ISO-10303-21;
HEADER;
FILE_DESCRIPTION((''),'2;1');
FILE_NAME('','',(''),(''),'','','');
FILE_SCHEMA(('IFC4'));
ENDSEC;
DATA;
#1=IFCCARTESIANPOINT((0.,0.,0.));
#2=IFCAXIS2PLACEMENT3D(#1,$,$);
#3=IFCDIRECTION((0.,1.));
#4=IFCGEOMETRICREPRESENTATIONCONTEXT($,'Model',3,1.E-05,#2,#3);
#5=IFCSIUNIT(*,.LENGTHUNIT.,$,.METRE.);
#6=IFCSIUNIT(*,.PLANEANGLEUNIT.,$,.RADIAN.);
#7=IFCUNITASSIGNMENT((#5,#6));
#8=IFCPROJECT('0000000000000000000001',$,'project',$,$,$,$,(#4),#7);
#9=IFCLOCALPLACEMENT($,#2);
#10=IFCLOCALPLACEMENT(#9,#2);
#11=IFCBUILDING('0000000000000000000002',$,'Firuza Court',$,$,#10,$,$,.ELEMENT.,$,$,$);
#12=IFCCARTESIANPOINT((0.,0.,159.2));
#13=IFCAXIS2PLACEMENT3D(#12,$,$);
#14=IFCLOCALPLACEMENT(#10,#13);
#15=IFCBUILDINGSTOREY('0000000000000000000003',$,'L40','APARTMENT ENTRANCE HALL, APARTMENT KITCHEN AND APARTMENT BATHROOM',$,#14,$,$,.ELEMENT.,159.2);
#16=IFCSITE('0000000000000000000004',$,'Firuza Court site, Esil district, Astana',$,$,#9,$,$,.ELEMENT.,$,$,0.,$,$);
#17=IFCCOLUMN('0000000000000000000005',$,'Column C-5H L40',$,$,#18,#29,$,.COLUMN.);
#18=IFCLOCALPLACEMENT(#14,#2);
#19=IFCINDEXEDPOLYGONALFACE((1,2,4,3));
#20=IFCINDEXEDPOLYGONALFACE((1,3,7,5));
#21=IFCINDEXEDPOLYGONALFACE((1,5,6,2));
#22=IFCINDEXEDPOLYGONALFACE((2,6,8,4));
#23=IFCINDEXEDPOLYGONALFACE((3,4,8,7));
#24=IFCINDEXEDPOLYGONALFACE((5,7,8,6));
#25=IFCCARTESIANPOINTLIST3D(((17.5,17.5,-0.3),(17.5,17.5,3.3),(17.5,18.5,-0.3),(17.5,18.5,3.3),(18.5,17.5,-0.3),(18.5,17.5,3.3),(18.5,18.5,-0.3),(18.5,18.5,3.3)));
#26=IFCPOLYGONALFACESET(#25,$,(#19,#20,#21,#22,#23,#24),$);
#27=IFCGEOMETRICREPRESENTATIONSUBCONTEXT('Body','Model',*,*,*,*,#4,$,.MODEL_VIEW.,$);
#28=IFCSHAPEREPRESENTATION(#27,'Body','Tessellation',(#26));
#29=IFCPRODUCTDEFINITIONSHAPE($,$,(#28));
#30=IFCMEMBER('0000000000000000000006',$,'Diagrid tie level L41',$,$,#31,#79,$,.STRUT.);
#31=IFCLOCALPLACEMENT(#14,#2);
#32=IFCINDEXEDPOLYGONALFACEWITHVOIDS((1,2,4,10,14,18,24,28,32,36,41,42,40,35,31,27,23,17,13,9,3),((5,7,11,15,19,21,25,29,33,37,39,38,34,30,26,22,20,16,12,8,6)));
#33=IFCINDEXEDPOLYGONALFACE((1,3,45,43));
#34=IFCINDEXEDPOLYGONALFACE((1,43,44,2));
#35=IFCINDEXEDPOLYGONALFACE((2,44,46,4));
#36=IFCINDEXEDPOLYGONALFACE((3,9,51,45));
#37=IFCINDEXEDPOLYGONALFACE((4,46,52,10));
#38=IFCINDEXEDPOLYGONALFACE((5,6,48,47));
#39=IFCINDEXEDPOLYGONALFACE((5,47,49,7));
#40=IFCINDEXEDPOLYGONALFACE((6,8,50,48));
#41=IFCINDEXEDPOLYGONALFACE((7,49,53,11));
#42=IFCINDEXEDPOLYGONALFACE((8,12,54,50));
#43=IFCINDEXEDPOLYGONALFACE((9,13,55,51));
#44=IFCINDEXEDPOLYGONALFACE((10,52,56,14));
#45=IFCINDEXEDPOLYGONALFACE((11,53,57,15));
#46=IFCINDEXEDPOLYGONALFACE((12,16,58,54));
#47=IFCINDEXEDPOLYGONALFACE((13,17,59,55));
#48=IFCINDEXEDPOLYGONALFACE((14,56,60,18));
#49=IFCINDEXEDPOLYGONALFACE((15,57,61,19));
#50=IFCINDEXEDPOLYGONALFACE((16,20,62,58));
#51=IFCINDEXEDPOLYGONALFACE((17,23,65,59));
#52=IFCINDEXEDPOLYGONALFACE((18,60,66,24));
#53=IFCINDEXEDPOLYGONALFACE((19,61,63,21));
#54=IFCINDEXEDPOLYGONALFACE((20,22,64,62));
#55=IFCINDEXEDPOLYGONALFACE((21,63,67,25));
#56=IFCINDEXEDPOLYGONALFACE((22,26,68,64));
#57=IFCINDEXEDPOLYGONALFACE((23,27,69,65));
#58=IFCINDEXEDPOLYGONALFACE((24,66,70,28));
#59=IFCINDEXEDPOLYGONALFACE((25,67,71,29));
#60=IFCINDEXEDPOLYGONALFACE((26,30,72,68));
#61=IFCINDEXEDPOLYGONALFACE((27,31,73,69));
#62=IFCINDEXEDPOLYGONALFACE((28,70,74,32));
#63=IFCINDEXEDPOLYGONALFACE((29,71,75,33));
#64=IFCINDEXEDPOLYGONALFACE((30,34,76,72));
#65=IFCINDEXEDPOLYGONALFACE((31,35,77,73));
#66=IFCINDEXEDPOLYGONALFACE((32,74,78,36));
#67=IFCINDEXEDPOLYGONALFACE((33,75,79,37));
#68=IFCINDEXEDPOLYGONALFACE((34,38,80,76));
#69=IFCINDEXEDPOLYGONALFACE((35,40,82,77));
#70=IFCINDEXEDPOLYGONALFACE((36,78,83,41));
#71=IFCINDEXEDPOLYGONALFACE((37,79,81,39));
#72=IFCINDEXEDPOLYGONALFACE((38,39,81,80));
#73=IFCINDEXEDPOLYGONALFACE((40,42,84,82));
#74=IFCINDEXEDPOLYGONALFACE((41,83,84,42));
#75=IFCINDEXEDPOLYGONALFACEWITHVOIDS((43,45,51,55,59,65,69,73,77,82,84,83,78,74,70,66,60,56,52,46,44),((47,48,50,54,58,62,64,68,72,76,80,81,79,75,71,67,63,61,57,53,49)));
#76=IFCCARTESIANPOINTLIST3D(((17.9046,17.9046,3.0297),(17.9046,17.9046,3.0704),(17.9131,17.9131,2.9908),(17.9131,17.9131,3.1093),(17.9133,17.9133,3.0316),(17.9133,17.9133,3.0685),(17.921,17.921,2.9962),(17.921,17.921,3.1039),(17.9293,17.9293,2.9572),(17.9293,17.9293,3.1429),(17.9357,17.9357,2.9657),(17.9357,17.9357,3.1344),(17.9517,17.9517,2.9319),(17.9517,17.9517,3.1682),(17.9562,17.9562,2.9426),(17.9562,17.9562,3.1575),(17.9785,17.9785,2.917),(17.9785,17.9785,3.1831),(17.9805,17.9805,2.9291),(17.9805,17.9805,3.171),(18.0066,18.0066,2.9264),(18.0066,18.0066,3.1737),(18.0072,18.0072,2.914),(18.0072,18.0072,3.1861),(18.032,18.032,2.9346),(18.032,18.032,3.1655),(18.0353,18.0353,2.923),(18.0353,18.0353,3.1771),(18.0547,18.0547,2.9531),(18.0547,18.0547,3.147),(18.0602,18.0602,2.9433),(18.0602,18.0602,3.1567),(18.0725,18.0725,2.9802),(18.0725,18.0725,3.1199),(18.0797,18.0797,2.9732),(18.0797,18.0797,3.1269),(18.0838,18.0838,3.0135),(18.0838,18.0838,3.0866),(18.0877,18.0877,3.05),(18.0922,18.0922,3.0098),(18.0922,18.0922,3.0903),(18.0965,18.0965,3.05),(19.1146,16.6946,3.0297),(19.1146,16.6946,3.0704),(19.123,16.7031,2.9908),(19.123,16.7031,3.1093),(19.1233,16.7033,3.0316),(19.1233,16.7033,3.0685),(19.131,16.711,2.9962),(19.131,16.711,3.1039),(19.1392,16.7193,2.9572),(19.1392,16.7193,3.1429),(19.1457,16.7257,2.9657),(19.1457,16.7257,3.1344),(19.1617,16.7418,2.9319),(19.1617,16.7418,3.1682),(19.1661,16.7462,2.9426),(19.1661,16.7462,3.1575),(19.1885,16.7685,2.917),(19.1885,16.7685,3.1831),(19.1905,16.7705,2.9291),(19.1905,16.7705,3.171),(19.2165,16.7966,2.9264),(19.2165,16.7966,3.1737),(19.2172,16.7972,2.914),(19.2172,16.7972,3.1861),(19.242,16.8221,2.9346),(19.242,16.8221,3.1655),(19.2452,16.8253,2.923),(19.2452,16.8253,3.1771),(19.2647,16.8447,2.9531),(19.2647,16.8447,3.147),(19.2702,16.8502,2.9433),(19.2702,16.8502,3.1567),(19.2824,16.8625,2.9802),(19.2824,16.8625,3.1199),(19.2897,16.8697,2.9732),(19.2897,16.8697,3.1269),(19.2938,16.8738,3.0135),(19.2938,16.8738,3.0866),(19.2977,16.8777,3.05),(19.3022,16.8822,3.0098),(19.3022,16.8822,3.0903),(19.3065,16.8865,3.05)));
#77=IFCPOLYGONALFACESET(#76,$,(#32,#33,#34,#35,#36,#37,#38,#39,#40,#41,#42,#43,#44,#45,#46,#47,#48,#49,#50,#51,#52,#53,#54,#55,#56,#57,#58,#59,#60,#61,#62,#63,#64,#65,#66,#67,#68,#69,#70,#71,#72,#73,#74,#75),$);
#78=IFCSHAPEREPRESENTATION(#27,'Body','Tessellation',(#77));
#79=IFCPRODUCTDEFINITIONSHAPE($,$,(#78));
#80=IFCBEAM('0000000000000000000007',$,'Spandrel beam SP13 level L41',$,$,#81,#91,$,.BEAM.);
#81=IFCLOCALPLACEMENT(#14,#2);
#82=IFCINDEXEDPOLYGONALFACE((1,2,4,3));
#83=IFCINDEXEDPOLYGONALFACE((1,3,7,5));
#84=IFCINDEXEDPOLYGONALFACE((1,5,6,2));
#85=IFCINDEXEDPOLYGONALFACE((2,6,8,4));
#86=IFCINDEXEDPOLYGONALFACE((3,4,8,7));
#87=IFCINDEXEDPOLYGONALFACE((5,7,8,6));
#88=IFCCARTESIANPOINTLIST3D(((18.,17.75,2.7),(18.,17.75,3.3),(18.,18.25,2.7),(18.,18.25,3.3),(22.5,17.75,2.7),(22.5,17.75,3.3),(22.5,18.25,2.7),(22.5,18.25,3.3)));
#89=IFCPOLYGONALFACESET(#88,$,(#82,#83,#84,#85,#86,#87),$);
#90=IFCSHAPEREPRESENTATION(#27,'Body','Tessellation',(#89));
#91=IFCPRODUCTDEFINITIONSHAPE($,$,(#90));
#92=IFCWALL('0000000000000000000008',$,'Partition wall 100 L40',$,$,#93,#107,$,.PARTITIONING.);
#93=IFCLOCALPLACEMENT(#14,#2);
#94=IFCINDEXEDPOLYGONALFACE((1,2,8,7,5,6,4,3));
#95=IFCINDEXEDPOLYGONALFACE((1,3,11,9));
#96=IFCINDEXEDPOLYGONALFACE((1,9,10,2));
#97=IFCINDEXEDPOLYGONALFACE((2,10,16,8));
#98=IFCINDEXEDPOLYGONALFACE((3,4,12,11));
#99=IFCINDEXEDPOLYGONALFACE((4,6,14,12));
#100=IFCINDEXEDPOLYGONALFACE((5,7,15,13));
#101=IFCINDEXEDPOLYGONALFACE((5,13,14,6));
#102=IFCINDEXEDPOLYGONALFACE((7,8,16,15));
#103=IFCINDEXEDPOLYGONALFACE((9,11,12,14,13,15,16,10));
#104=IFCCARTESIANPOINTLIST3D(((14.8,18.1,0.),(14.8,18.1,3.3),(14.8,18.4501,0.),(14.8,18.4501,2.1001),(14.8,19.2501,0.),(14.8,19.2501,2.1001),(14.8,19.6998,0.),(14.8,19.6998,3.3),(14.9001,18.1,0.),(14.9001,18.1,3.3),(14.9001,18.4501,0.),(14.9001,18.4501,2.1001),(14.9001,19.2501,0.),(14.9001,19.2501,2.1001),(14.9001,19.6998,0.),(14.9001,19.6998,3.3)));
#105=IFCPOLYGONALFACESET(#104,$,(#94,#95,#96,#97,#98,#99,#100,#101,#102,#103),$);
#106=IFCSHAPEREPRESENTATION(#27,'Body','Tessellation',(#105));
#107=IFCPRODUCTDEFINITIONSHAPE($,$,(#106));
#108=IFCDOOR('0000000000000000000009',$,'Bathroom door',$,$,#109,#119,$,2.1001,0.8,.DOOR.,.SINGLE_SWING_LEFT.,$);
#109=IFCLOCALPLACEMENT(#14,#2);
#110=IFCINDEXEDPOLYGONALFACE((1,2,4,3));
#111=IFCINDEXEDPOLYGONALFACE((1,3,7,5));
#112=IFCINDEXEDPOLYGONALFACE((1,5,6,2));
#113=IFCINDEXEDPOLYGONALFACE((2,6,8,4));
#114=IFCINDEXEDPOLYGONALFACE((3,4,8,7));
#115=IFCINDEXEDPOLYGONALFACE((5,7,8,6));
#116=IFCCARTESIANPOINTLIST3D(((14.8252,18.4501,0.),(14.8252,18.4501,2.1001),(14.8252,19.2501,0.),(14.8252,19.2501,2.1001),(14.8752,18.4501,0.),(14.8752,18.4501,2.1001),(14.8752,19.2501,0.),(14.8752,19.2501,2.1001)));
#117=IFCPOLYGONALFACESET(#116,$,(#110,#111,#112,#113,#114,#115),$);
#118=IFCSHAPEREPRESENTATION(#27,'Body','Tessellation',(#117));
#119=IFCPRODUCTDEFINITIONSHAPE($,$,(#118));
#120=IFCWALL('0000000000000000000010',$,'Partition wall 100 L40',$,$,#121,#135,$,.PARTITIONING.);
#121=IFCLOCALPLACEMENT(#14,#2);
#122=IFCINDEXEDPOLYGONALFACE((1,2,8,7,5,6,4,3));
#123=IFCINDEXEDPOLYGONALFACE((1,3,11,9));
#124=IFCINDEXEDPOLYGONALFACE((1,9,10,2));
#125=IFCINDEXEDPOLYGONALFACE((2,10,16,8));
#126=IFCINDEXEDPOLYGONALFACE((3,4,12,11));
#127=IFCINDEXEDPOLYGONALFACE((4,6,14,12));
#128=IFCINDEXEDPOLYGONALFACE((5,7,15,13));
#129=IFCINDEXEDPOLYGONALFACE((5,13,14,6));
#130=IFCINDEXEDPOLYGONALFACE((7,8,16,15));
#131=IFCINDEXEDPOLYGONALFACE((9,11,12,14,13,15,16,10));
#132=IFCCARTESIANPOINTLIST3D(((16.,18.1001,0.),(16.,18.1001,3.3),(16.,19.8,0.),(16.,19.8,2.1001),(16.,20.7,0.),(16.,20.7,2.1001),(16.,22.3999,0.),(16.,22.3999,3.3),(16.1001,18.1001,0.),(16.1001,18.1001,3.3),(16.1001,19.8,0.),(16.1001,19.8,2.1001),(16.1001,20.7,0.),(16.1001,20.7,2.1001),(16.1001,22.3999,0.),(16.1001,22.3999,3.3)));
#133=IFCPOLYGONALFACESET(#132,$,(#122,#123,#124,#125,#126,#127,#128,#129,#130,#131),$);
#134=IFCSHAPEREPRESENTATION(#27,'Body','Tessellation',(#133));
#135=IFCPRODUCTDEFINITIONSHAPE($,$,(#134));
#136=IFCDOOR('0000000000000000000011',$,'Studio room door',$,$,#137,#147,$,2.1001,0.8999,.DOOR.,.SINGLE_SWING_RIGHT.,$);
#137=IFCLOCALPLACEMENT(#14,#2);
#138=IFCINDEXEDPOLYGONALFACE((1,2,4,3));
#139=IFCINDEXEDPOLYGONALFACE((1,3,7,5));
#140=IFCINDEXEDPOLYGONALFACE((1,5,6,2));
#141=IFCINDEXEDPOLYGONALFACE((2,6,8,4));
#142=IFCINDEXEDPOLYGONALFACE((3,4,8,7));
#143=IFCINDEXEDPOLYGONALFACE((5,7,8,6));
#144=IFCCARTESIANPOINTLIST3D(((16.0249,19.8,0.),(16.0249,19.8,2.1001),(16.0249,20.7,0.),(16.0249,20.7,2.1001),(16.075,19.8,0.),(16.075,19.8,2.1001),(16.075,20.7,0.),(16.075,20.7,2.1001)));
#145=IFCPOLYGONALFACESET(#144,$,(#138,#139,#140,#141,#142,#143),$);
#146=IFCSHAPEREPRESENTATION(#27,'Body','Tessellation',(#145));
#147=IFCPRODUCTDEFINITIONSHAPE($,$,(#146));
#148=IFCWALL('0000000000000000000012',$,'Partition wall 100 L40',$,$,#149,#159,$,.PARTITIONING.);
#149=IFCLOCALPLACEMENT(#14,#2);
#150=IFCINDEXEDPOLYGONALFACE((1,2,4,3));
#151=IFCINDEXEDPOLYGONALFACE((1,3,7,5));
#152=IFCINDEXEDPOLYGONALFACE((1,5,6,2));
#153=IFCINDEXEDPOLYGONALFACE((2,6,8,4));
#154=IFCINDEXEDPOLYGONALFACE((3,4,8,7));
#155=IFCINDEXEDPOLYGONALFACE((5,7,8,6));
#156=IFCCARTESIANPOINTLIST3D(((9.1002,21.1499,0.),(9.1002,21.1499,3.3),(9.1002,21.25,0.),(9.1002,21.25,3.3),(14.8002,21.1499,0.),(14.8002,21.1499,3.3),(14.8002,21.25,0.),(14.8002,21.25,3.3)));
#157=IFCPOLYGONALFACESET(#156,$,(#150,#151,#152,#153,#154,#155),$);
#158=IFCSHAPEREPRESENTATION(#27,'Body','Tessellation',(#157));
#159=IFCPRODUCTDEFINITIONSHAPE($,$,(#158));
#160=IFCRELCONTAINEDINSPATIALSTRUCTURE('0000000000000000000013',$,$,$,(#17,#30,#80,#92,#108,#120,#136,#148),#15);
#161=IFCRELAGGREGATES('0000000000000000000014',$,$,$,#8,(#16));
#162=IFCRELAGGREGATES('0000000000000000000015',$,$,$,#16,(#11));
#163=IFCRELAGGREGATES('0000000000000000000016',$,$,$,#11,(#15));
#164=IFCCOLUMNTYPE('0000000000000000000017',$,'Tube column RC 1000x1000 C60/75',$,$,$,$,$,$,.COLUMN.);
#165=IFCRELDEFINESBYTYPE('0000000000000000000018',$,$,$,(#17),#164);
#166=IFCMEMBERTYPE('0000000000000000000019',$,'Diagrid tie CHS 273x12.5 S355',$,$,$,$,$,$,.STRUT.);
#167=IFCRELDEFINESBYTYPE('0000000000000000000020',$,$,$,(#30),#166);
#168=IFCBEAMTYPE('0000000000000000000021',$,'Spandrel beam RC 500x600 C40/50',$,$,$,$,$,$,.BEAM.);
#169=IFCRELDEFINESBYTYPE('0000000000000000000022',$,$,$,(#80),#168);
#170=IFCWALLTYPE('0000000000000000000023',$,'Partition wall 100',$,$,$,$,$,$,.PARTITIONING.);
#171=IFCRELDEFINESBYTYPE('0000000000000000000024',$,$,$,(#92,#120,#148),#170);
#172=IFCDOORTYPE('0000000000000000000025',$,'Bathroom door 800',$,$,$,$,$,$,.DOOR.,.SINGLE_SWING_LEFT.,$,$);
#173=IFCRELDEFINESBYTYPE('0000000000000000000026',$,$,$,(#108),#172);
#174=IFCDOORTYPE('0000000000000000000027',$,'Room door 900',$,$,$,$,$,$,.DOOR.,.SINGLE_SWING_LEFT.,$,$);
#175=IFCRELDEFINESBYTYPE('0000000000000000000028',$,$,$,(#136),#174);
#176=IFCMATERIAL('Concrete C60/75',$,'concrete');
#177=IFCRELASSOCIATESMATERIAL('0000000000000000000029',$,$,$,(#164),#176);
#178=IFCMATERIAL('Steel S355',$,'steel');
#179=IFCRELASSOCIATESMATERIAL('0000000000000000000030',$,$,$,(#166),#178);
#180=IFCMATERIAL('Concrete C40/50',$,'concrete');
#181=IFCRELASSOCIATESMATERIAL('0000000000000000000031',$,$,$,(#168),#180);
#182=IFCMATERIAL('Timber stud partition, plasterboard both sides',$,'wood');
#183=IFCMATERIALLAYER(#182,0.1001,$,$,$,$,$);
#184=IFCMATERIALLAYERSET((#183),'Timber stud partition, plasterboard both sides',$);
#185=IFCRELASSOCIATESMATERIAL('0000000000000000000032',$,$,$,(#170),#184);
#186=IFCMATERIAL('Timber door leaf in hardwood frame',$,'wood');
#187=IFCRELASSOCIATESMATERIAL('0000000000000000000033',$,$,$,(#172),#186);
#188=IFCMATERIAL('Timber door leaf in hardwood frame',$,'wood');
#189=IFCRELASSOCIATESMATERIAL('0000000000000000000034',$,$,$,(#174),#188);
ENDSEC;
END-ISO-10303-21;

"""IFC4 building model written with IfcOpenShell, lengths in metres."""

from ifc_helpers import new_model, si_unit, direction, frame, frame_2d, origin, origin_2d, place, context, subcontext, project, spatial, rectangle, hollow_circle, extrude, material, layer, layer_set, material_profile, profile_set, type_object, element, fill, save


model = new_model("IFC4")

# Units and contexts
model_context = context("Model", 3, precision=1e-05, world=origin(), true_north=direction((0.0, 1.0)))
body_context = subcontext(model_context, "Body", "Model", "MODEL_VIEW")
ifc_project = project(units=[si_unit("LENGTHUNIT", "METRE"), si_unit("PLANEANGLEUNIT", "RADIAN")], contexts=[model_context])

# Site, building, storey
site_placement = place(None, origin())
site = spatial("IfcSite", under=ifc_project, at=site_placement, Name="Firuza Court site, Esil district, Astana", CompositionType="ELEMENT", RefElevation=0.0)
building_placement = place(site_placement, origin())
building = spatial("IfcBuilding", under=site, at=building_placement, Name="Firuza Court", CompositionType="ELEMENT")
storey_placement = place(building_placement, frame((0.0, 0.0, 159.2)))
storey = spatial("IfcBuildingStorey", under=building, at=storey_placement, Name="L40", Description="APARTMENT ENTRANCE HALL, APARTMENT KITCHEN AND APARTMENT BATHROOM", CompositionType="ELEMENT", Elevation=159.2)

# Column
ifc_material_1 = material(Name="Concrete C60/75", Category="concrete")
ifc_material_profile_1 = material_profile(ifc_material_1, rectangle(XDim=1.0, YDim=1.0, at=origin_2d()), Name="RC 1000x1000")
ifc_profile_set_1 = profile_set([ifc_material_profile_1], Name="Concrete C60/75")
column_type = type_object("IfcColumnType", Name="Tube column RC 1000x1000 C60/75", PredefinedType="COLUMN", material=ifc_profile_set_1)
column_placement = place(storey_placement, frame((18.0, 18.0, -0.3), z_axis=(0.0, 0.0, 1.0), x_axis=(1.0, 0.0, 0.0)))
element("IfcColumn", 1, at=column_placement, inside=storey, type_object=column_type, Name="Column C-5H L40", PredefinedType="COLUMN", context=body_context, shape_type="SweptSolid", body=[
    extrude(rectangle(XDim=1.0, YDim=1.0, at=origin_2d()), origin(), (0.0, 0.0, 1.0), 3.6001),
])

# Member
ifc_material_2 = material(Name="Steel S355", Category="steel")
ifc_material_profile_2 = material_profile(ifc_material_2, hollow_circle(Radius=0.1365, WallThickness=0.0125, at=origin_2d()), Name="CHS 273x12.5")
ifc_profile_set_2 = profile_set([ifc_material_profile_2], Name="Steel S355")
member_type = type_object("IfcMemberType", Name="Diagrid tie CHS 273x12.5 S355", PredefinedType="STRUT", material=ifc_profile_set_2)
member_placement = place(storey_placement, frame((18.0, 18.0, 3.05), z_axis=(0.707107, -0.707107, 0.0), x_axis=(0.707107, 0.707107, 0.0)))
element("IfcMember", 2, at=member_placement, inside=storey, type_object=member_type, Name="Diagrid tie level L41", PredefinedType="STRUT", context=body_context, shape_type="SweptSolid", body=[
    extrude(hollow_circle(Radius=0.1365, WallThickness=0.0125, at=origin_2d()), origin(), (0.0, 0.0, 1.0), 1.7112),
])

# Beam
ifc_material_3 = material(Name="Concrete C40/50", Category="concrete")
ifc_material_profile_3 = material_profile(ifc_material_3, rectangle(XDim=0.5, YDim=0.6001, at=origin_2d()), Name="RC 500x600")
ifc_profile_set_3 = profile_set([ifc_material_profile_3], Name="Concrete C40/50")
beam_type = type_object("IfcBeamType", Name="Spandrel beam RC 500x600 C40/50", PredefinedType="BEAM", material=ifc_profile_set_3)
beam_placement = place(storey_placement, frame((18.0, 18.0, 3.0), z_axis=(1.0, 0.0, 0.0), x_axis=(0.0, 1.0, 0.0)))
element("IfcBeam", 3, at=beam_placement, inside=storey, type_object=beam_type, Name="Spandrel beam SP13 level L41", PredefinedType="BEAM", context=body_context, shape_type="SweptSolid", body=[
    extrude(rectangle(XDim=0.5, YDim=0.6001, at=origin_2d()), origin(), (0.0, 0.0, 1.0), 4.5),
])

# Walls, openings, doors
ifc_material_4 = material(Name="Timber stud partition, plasterboard both sides", Category="wood")
ifc_layer_1 = layer(ifc_material_4, 0.1001)
ifc_layer_set_1 = layer_set([ifc_layer_1], Name="Timber stud partition, plasterboard both sides")
wall_type_1 = type_object("IfcWallType", Name="Partition wall 100", PredefinedType="PARTITIONING", material=ifc_layer_set_1)
wall_1_placement = place(storey_placement, frame((14.8501, 18.1001, 0.0), z_axis=(0.0, 0.0, 1.0), x_axis=(0.0, 1.0, 0.0)))
wall_1 = element("IfcWall", 4, at=wall_1_placement, inside=storey, type_object=wall_type_1, Name="Partition wall 100 L40", PredefinedType="PARTITIONING", context=body_context, shape_type="SweptSolid", body=[
    extrude(rectangle(XDim=1.5999, YDim=0.1001, at=frame_2d((0.7998, 0.0))), origin(), (0.0, 0.0, 1.0), 3.3),
])
opening_1_placement = place(wall_1_placement, frame((0.3501, 0.0, 0.0)))
opening_1 = element("IfcOpeningElement", 5, at=opening_1_placement, cuts=wall_1, PredefinedType="OPENING", context=body_context, shape_type="SweptSolid", body=[
    extrude(rectangle(XDim=0.8, YDim=2.1001, at=frame_2d((0.3999, 1.05))), frame((0.0, 0.062, 0.0), z_axis=(0.0, -1.0, 0.0), x_axis=(1.0, 0.0, 0.0)), (0.0, 0.0, 1.0), 0.124),
])
ifc_material_5 = material(Name="Timber door leaf in hardwood frame", Category="wood")
door_type_1 = type_object("IfcDoorType", Name="Bathroom door 800", OperationType="SINGLE_SWING_LEFT", PredefinedType="DOOR", material=ifc_material_5)
door_1_placement = place(opening_1_placement, origin())
door_1 = element("IfcDoor", 6, at=door_1_placement, inside=storey, type_object=door_type_1, Name="Bathroom door", OperationType="SINGLE_SWING_LEFT", OverallHeight=2.1001, OverallWidth=0.8, PredefinedType="DOOR", context=body_context, shape_type="SweptSolid", body=[
    extrude(rectangle(XDim=0.8, YDim=2.1001, at=frame_2d((0.3999, 1.05))), frame((0.0, 0.0249, 0.0), z_axis=(0.0, -1.0, 0.0), x_axis=(1.0, 0.0, 0.0)), (0.0, 0.0, 1.0), 0.05),
])
fill(opening_1, door_1)
wall_2_placement = place(storey_placement, frame((16.05, 18.1001, 0.0), z_axis=(0.0, 0.0, 1.0), x_axis=(0.0, 1.0, 0.0)))
wall_2 = element("IfcWall", 7, at=wall_2_placement, inside=storey, type_object=wall_type_1, Name="Partition wall 100 L40", PredefinedType="PARTITIONING", context=body_context, shape_type="SweptSolid", body=[
    extrude(rectangle(XDim=4.2998, YDim=0.1001, at=frame_2d((2.1499, 0.0))), origin(), (0.0, 0.0, 1.0), 3.3),
])
opening_2_placement = place(wall_2_placement, frame((1.7, 0.0, 0.0)))
opening_2 = element("IfcOpeningElement", 8, at=opening_2_placement, cuts=wall_2, PredefinedType="OPENING", context=body_context, shape_type="SweptSolid", body=[
    extrude(rectangle(XDim=0.8999, YDim=2.1001, at=frame_2d((0.45, 1.05))), frame((0.0, 0.062, 0.0), z_axis=(0.0, -1.0, 0.0), x_axis=(1.0, 0.0, 0.0)), (0.0, 0.0, 1.0), 0.124),
])
ifc_material_6 = material(Name="Timber door leaf in hardwood frame", Category="wood")
door_type_2 = type_object("IfcDoorType", Name="Room door 900", OperationType="SINGLE_SWING_LEFT", PredefinedType="DOOR", material=ifc_material_6)
door_2_placement = place(opening_2_placement, frame((0.8999, 0.0, 0.0), z_axis=(0.0, 0.0, 1.0), x_axis=(-1.0, 0.0, 0.0)))
door_2 = element("IfcDoor", 9, at=door_2_placement, inside=storey, type_object=door_type_2, Name="Studio room door", OperationType="SINGLE_SWING_RIGHT", OverallHeight=2.1001, OverallWidth=0.8999, PredefinedType="DOOR", context=body_context, shape_type="SweptSolid", body=[
    extrude(rectangle(XDim=0.8999, YDim=2.1001, at=frame_2d((0.45, 1.05))), frame((0.0, 0.0249, 0.0), z_axis=(0.0, -1.0, 0.0), x_axis=(1.0, 0.0, 0.0)), (0.0, 0.0, 1.0), 0.05),
])
fill(opening_2, door_2)

# Wall
wall_3_placement = place(storey_placement, frame((9.1001, 21.2, 0.0), z_axis=(0.0, 0.0, 1.0), x_axis=(1.0, 0.0, 0.0)))
element("IfcWall", 10, at=wall_3_placement, inside=storey, type_object=wall_type_1, Name="Partition wall 100 L40", PredefinedType="PARTITIONING", context=body_context, shape_type="SweptSolid", body=[
    extrude(rectangle(XDim=5.7, YDim=0.1001, at=frame_2d((2.8501, 0.0))), origin(), (0.0, 0.0, 1.0), 3.3),
])

save(model, "model.ifc")
